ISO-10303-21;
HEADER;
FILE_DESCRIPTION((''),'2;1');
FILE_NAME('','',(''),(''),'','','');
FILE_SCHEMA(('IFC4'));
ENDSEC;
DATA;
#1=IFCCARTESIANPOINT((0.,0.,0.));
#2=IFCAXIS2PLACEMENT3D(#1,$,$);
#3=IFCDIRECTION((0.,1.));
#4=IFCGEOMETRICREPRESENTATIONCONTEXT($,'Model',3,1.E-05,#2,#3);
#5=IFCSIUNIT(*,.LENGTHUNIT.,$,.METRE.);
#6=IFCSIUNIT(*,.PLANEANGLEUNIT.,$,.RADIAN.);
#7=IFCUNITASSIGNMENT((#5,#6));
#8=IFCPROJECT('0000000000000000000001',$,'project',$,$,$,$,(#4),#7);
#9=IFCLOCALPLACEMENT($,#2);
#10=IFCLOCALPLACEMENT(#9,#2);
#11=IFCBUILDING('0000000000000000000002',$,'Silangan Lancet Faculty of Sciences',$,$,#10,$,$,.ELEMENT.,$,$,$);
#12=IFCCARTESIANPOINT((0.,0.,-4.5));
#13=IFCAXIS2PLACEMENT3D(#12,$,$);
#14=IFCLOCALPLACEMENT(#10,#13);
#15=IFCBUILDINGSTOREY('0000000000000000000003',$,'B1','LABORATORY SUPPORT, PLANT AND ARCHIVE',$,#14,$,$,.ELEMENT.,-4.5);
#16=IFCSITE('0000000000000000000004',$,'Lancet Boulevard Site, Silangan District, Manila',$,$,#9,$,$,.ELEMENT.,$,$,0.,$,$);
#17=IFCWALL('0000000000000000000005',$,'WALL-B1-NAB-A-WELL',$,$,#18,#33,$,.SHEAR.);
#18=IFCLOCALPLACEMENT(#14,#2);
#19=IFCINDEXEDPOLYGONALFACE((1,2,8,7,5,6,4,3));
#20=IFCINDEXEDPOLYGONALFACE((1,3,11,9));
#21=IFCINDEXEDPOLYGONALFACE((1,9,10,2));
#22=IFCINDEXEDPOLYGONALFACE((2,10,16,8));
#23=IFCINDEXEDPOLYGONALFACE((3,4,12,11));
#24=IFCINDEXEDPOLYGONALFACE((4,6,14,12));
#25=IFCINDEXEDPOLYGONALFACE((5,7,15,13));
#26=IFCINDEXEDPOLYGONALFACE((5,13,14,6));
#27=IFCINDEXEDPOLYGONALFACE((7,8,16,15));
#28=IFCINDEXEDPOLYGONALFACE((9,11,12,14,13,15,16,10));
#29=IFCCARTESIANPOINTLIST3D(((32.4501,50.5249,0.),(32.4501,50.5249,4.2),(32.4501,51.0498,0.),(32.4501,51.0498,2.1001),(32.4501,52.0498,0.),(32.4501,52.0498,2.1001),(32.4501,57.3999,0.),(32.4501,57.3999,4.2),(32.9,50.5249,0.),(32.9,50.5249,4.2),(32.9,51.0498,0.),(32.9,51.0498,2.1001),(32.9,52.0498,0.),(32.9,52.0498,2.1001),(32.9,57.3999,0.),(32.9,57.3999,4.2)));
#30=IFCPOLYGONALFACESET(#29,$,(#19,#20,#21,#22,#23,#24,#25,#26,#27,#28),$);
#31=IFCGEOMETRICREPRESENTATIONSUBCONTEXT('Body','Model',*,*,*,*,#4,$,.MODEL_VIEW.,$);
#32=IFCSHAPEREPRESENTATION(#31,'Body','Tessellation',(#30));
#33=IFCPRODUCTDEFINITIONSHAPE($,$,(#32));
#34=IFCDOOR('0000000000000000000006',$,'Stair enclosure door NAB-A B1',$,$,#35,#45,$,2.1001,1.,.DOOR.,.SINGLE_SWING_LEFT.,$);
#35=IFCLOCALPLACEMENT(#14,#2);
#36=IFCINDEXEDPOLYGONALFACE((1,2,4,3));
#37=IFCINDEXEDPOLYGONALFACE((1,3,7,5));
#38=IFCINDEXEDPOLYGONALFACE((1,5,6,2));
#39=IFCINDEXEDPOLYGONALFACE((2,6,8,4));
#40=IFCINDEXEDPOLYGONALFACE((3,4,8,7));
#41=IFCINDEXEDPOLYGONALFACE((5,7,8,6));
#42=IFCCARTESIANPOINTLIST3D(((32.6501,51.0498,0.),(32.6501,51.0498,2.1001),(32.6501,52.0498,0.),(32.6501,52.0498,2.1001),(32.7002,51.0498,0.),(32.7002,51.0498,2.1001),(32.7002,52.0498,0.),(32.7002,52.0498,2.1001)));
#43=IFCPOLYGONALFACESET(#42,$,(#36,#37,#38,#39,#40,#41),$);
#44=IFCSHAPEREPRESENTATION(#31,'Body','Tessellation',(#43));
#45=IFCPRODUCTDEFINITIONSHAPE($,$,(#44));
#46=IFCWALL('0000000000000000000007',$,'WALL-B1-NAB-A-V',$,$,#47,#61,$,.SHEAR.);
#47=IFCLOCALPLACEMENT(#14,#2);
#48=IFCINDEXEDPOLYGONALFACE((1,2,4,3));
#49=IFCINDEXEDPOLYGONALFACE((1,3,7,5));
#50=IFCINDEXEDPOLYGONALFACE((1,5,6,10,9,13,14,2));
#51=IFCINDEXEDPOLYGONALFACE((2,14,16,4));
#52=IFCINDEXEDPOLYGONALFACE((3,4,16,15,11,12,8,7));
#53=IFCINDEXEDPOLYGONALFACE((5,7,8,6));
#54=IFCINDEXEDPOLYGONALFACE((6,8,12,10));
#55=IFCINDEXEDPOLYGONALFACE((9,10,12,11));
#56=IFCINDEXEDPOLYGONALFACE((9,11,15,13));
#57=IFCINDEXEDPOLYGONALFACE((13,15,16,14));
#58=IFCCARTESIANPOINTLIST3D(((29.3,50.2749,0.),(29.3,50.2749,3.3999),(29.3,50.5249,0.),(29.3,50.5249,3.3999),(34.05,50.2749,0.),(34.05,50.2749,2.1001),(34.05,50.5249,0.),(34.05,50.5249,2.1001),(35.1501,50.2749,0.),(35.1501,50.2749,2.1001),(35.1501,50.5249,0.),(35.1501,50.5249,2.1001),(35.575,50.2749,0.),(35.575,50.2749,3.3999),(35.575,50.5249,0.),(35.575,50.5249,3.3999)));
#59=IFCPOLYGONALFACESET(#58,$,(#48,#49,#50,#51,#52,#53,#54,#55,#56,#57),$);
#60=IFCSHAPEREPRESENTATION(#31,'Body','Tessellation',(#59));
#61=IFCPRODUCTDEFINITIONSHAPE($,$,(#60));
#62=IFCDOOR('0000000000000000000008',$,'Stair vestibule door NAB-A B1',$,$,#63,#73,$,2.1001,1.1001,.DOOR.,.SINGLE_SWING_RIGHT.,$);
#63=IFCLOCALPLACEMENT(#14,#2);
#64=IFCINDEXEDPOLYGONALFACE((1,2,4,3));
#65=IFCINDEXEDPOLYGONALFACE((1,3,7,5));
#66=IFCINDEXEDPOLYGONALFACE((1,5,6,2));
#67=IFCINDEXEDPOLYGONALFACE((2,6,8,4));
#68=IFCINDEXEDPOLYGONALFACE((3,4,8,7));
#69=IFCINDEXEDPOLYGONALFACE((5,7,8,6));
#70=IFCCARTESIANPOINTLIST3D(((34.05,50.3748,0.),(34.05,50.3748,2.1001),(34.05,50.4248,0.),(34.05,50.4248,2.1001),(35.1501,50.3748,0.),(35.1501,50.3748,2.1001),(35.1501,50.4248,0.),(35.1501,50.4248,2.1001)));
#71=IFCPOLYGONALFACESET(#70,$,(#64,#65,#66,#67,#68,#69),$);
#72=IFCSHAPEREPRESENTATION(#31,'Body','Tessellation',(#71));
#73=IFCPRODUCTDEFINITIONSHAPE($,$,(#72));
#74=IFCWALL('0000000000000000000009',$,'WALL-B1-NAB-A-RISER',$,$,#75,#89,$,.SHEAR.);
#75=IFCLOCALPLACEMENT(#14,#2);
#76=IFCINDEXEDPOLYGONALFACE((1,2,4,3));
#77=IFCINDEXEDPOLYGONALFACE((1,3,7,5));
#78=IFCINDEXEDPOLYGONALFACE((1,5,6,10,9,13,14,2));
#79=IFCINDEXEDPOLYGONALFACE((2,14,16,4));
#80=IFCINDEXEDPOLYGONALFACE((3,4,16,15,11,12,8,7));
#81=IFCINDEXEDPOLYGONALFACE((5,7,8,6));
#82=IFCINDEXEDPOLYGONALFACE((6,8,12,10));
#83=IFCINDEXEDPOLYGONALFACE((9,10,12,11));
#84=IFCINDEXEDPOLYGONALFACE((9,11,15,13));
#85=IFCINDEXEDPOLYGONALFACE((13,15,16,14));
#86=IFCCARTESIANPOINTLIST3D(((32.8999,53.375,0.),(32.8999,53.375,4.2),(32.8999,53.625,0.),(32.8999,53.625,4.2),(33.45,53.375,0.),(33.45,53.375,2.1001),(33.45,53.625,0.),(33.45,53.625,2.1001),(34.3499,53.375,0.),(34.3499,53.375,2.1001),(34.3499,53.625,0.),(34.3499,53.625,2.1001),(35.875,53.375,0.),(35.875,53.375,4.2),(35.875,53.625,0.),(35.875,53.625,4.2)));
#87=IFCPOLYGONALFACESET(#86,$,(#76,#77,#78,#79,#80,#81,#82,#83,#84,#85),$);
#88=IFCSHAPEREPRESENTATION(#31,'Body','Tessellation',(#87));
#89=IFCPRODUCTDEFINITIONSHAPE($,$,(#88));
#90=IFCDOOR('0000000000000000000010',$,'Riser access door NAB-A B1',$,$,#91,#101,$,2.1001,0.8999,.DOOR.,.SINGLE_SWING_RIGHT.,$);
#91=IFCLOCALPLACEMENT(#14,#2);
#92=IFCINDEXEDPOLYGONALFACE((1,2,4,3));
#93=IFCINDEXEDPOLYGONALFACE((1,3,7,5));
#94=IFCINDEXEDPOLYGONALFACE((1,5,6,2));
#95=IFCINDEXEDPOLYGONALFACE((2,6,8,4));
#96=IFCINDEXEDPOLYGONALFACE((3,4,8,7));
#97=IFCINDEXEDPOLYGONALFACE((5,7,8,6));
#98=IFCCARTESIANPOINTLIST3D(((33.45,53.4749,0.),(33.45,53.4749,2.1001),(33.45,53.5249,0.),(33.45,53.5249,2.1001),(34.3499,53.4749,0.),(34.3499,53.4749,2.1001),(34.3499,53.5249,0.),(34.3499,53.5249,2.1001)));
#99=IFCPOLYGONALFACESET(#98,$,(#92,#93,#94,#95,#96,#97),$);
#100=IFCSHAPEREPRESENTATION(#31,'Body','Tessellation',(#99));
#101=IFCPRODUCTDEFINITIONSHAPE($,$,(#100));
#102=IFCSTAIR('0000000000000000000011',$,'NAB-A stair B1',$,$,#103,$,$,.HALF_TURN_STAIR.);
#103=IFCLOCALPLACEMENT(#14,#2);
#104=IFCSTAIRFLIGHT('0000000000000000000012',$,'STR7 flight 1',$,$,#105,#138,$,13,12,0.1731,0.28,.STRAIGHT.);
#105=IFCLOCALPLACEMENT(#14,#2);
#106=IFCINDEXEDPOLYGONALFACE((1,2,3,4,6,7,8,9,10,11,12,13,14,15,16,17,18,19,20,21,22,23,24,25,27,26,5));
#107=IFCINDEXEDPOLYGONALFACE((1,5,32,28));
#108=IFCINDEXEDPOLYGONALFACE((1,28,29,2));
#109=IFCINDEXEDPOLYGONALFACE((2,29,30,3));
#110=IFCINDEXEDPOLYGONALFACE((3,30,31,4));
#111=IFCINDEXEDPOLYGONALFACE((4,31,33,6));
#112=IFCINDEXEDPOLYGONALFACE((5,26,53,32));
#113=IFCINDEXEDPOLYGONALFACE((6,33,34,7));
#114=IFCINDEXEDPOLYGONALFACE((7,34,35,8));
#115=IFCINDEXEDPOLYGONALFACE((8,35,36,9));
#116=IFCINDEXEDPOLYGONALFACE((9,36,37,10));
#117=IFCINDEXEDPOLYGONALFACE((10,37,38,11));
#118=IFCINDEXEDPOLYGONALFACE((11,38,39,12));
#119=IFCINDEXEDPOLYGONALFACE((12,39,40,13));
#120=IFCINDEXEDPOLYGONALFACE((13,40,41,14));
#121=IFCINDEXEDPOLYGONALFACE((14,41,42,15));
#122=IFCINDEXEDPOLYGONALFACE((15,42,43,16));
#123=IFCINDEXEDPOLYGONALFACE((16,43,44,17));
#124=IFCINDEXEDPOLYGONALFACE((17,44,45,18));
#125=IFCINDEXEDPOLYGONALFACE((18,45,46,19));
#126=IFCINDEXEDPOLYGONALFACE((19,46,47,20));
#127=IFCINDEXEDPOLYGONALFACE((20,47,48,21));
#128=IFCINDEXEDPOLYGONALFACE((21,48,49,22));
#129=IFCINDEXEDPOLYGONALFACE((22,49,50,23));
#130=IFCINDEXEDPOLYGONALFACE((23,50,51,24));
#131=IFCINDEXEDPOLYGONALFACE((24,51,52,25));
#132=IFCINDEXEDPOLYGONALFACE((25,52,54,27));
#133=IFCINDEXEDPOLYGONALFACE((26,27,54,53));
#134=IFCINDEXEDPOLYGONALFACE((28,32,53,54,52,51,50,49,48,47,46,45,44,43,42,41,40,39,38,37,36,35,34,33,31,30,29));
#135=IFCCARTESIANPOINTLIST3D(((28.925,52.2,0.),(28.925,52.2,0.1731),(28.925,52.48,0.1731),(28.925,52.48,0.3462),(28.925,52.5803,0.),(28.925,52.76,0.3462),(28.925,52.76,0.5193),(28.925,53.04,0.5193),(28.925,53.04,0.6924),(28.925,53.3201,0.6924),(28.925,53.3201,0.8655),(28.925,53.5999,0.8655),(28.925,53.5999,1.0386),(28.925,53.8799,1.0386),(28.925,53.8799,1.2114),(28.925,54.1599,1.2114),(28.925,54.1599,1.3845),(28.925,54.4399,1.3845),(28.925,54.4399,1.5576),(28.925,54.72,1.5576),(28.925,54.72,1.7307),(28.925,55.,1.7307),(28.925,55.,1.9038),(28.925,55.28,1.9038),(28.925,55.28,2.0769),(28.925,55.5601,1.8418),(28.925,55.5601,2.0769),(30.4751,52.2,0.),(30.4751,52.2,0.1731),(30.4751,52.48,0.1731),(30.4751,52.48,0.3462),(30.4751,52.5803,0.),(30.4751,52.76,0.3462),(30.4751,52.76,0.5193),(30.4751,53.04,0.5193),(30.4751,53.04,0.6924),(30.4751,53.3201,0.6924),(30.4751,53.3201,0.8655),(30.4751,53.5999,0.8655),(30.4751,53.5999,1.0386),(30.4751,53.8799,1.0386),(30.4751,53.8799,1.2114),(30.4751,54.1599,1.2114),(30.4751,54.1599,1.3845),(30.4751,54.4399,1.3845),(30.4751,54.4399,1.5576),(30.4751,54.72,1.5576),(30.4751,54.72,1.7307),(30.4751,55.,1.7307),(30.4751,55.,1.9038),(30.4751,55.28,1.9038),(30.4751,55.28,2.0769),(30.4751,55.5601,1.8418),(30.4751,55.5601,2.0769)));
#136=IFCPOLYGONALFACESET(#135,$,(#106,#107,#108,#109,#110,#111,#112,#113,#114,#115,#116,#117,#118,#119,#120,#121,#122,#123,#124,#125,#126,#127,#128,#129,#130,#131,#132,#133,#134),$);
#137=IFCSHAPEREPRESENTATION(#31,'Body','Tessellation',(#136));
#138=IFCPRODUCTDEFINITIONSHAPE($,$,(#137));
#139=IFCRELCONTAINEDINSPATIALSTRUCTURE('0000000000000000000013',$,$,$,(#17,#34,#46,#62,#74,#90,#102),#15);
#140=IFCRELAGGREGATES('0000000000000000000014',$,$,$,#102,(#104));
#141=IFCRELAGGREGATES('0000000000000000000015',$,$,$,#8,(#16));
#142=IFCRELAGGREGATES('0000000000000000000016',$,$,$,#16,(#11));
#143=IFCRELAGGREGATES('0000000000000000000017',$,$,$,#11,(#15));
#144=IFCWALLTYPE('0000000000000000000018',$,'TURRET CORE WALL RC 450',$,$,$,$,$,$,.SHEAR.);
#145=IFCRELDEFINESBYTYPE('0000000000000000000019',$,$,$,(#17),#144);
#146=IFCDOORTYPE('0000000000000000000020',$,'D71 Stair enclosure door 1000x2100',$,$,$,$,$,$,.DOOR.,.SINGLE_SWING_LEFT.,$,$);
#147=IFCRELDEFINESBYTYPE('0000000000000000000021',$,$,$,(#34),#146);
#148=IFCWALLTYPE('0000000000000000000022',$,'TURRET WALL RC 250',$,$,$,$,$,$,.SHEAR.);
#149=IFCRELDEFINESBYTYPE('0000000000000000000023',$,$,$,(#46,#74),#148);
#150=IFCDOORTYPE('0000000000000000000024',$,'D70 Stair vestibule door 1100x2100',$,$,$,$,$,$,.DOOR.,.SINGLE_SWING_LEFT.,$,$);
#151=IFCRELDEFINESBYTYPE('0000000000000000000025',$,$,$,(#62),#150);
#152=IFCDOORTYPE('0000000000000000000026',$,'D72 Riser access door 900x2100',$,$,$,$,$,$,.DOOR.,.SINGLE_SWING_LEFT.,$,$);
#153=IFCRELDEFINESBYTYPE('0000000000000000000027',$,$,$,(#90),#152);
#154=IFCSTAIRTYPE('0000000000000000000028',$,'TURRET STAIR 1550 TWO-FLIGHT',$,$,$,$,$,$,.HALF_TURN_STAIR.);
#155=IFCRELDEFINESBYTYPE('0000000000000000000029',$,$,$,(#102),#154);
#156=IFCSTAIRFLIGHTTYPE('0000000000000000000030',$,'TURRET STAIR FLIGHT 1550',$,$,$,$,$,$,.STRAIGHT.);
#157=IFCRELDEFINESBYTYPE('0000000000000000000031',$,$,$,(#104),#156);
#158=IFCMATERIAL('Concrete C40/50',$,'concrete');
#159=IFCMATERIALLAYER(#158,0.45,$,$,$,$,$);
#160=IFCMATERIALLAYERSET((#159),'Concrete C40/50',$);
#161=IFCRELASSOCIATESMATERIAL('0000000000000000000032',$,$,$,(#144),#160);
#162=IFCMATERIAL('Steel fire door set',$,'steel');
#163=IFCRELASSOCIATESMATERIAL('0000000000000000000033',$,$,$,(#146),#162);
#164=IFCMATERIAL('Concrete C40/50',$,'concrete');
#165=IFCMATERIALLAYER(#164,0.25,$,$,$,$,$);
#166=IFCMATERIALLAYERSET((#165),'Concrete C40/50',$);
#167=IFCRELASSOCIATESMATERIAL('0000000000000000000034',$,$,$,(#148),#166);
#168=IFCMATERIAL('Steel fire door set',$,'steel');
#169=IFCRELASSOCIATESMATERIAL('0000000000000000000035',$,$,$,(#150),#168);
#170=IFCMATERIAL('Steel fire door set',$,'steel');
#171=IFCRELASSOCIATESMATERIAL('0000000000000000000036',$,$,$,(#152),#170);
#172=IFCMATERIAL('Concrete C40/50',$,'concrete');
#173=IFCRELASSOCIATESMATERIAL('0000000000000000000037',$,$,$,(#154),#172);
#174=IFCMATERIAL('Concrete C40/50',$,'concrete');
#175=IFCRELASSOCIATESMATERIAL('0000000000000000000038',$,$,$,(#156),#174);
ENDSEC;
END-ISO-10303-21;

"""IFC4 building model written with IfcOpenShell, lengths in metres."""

from ifc_helpers import new_model, si_unit, direction, frame, frame_2d, origin, place, context, subcontext, project, spatial, polyline, rectangle, outline, extrude, material, layer, layer_set, type_object, element, fill, aggregate, save


model = new_model("IFC4")

# Units and contexts
model_context = context("Model", 3, precision=1e-05, world=origin(), true_north=direction((0.0, 1.0)))
body_context = subcontext(model_context, "Body", "Model", "MODEL_VIEW")
ifc_project = project(units=[si_unit("LENGTHUNIT", "METRE"), si_unit("PLANEANGLEUNIT", "RADIAN")], contexts=[model_context])

# Site, building, storey
site_placement = place(None, origin())
site = spatial("IfcSite", under=ifc_project, at=site_placement, Name="Lancet Boulevard Site, Silangan District, Manila", CompositionType="ELEMENT", RefElevation=0.0)
building_placement = place(site_placement, origin())
building = spatial("IfcBuilding", under=site, at=building_placement, Name="Silangan Lancet Faculty of Sciences", CompositionType="ELEMENT")
storey_placement = place(building_placement, frame((0.0, 0.0, -4.5)))
storey = spatial("IfcBuildingStorey", under=building, at=storey_placement, Name="B1", Description="LABORATORY SUPPORT, PLANT AND ARCHIVE", CompositionType="ELEMENT", Elevation=-4.5)

# Walls, openings, doors
ifc_material_1 = material(Name="Concrete C40/50", Category="concrete")
ifc_layer_1 = layer(ifc_material_1, 0.45)
ifc_layer_set_1 = layer_set([ifc_layer_1], Name="Concrete C40/50")
wall_type_1 = type_object("IfcWallType", Name="TURRET CORE WALL RC 450", PredefinedType="SHEAR", material=ifc_layer_set_1)
wall_1_placement = place(storey_placement, frame((32.675, 50.5249, 0.0), z_axis=(0.0, 0.0, 1.0), x_axis=(0.0, 1.0, 0.0)))
wall_1 = element("IfcWall", 1, at=wall_1_placement, inside=storey, type_object=wall_type_1, Name="WALL-B1-NAB-A-WELL", PredefinedType="SHEAR", context=body_context, shape_type="SweptSolid", body=[
    extrude(rectangle(XDim=6.875, YDim=0.45, at=frame_2d((3.4375, 0.0))), origin(), (0.0, 0.0, 1.0), 4.2),
])
opening_1_placement = place(wall_1_placement, frame((0.5249, 0.0, 0.0)))
opening_1 = element("IfcOpeningElement", 2, at=opening_1_placement, cuts=wall_1, PredefinedType="OPENING", context=body_context, shape_type="SweptSolid", body=[
    extrude(rectangle(XDim=1.0, YDim=2.1001, at=frame_2d((0.5, 1.05))), frame((0.0, 0.2349, 0.0), z_axis=(0.0, -1.0, 0.0), x_axis=(1.0, 0.0, 0.0)), (0.0, 0.0, 1.0), 0.47),
])
ifc_material_2 = material(Name="Steel fire door set", Category="steel")
door_type_1 = type_object("IfcDoorType", Name="D71 Stair enclosure door 1000x2100", OperationType="SINGLE_SWING_LEFT", PredefinedType="DOOR", material=ifc_material_2)
door_1_placement = place(opening_1_placement, origin())
door_1 = element("IfcDoor", 3, at=door_1_placement, inside=storey, type_object=door_type_1, Name="Stair enclosure door NAB-A B1", OperationType="SINGLE_SWING_LEFT", OverallHeight=2.1001, OverallWidth=1.0, PredefinedType="DOOR", context=body_context, shape_type="SweptSolid", body=[
    extrude(rectangle(XDim=1.0, YDim=2.1001, at=frame_2d((0.5, 1.05))), frame((0.0, 0.0249, 0.0), z_axis=(0.0, -1.0, 0.0), x_axis=(1.0, 0.0, 0.0)), (0.0, 0.0, 1.0), 0.05),
])
fill(opening_1, door_1)
ifc_material_3 = material(Name="Concrete C40/50", Category="concrete")
ifc_layer_2 = layer(ifc_material_3, 0.25)
ifc_layer_set_2 = layer_set([ifc_layer_2], Name="Concrete C40/50")
wall_type_2 = type_object("IfcWallType", Name="TURRET WALL RC 250", PredefinedType="SHEAR", material=ifc_layer_set_2)
wall_2_placement = place(storey_placement, frame((29.3, 50.3999, 0.0), z_axis=(0.0, 0.0, 1.0), x_axis=(1.0, 0.0, 0.0)))
wall_2 = element("IfcWall", 4, at=wall_2_placement, inside=storey, type_object=wall_type_2, Name="WALL-B1-NAB-A-V", PredefinedType="SHEAR", context=body_context, shape_type="SweptSolid", body=[
    extrude(rectangle(XDim=6.2749, YDim=0.25, at=frame_2d((3.1375, 0.0))), origin(), (0.0, 0.0, 1.0), 3.3999),
])
opening_2_placement = place(wall_2_placement, frame((4.75, 0.0, 0.0)))
opening_2 = element("IfcOpeningElement", 5, at=opening_2_placement, cuts=wall_2, PredefinedType="OPENING", context=body_context, shape_type="SweptSolid", body=[
    extrude(rectangle(XDim=1.1001, YDim=2.1001, at=frame_2d((0.55, 1.05))), frame((0.0, 0.135, 0.0), z_axis=(0.0, -1.0, 0.0), x_axis=(1.0, 0.0, 0.0)), (0.0, 0.0, 1.0), 0.27),
])
ifc_material_4 = material(Name="Steel fire door set", Category="steel")
door_type_2 = type_object("IfcDoorType", Name="D70 Stair vestibule door 1100x2100", OperationType="SINGLE_SWING_LEFT", PredefinedType="DOOR", material=ifc_material_4)
door_2_placement = place(opening_2_placement, origin())
door_2 = element("IfcDoor", 6, at=door_2_placement, inside=storey, type_object=door_type_2, Name="Stair vestibule door NAB-A B1", OperationType="SINGLE_SWING_RIGHT", OverallHeight=2.1001, OverallWidth=1.1001, PredefinedType="DOOR", context=body_context, shape_type="SweptSolid", body=[
    extrude(rectangle(XDim=1.1001, YDim=2.1001, at=frame_2d((0.55, 1.05))), frame((0.0, 0.0249, 0.0), z_axis=(0.0, -1.0, 0.0), x_axis=(1.0, 0.0, 0.0)), (0.0, 0.0, 1.0), 0.05),
])
fill(opening_2, door_2)
wall_3_placement = place(storey_placement, frame((32.8999, 53.5, 0.0), z_axis=(0.0, 0.0, 1.0), x_axis=(1.0, 0.0, 0.0)))
wall_3 = element("IfcWall", 7, at=wall_3_placement, inside=storey, type_object=wall_type_2, Name="WALL-B1-NAB-A-RISER", PredefinedType="SHEAR", context=body_context, shape_type="SweptSolid", body=[
    extrude(rectangle(XDim=2.9751, YDim=0.25, at=frame_2d((1.4875, 0.0))), origin(), (0.0, 0.0, 1.0), 4.2),
])
opening_3_placement = place(wall_3_placement, frame((0.55, 0.0, 0.0)))
opening_3 = element("IfcOpeningElement", 8, at=opening_3_placement, cuts=wall_3, PredefinedType="OPENING", context=body_context, shape_type="SweptSolid", body=[
    extrude(rectangle(XDim=0.8999, YDim=2.1001, at=frame_2d((0.45, 1.05))), frame((0.0, 0.135, 0.0), z_axis=(0.0, -1.0, 0.0), x_axis=(1.0, 0.0, 0.0)), (0.0, 0.0, 1.0), 0.27),
])
ifc_material_5 = material(Name="Steel fire door set", Category="steel")
door_type_3 = type_object("IfcDoorType", Name="D72 Riser access door 900x2100", OperationType="SINGLE_SWING_LEFT", PredefinedType="DOOR", material=ifc_material_5)
door_3_placement = place(opening_3_placement, origin())
door_3 = element("IfcDoor", 9, at=door_3_placement, inside=storey, type_object=door_type_3, Name="Riser access door NAB-A B1", OperationType="SINGLE_SWING_RIGHT", OverallHeight=2.1001, OverallWidth=0.8999, PredefinedType="DOOR", context=body_context, shape_type="SweptSolid", body=[
    extrude(rectangle(XDim=0.8999, YDim=2.1001, at=frame_2d((0.45, 1.05))), frame((0.0, 0.0249, 0.0), z_axis=(0.0, -1.0, 0.0), x_axis=(1.0, 0.0, 0.0)), (0.0, 0.0, 1.0), 0.05),
])
fill(opening_3, door_3)

# Stair, stair flight
ifc_material_6 = material(Name="Concrete C40/50", Category="concrete")
stair_type = type_object("IfcStairType", Name="TURRET STAIR 1550 TWO-FLIGHT", PredefinedType="HALF_TURN_STAIR", material=ifc_material_6)
stair_placement = place(storey_placement, origin())
stair = element("IfcStair", 10, at=stair_placement, inside=storey, type_object=stair_type, Name="NAB-A stair B1", PredefinedType="HALF_TURN_STAIR")
ifc_material_7 = material(Name="Concrete C40/50", Category="concrete")
stair_flight_type = type_object("IfcStairFlightType", Name="TURRET STAIR FLIGHT 1550", PredefinedType="STRAIGHT", material=ifc_material_7)
stair_flight_1_placement = place(storey_placement, frame((29.7, 52.2, 0.0), z_axis=(0.0, 0.0, 1.0), x_axis=(0.0, 1.0, 0.0)))
stair_flight_1 = element("IfcStairFlight", 11, at=stair_flight_1_placement, type_object=stair_flight_type, Name="STR7 flight 1", NumberOfRisers=13, NumberOfTreads=12, PredefinedType="STRAIGHT", RiserHeight=0.1731, TreadLength=0.28, context=body_context, shape_type="SweptSolid", body=[
    extrude(outline(polyline([(0.0, 0.0), (0.0, 0.1731), (0.28, 0.1731), (0.28, 0.3462), (0.5601, 0.3462), (0.5601, 0.5193), (0.8401, 0.5193), (0.8401, 0.6924), (1.1201, 0.6924), (1.1201, 0.8655), (1.3999, 0.8655), (1.3999, 1.0386), (1.6799, 1.0386), (1.6799, 1.2114), (1.96, 1.2114), (1.96, 1.3845), (2.24, 1.3845), (2.24, 1.5576), (2.52, 1.5576), (2.52, 1.7307), (2.8, 1.7307), (2.8, 1.9038), (3.0801, 1.9038), (3.0801, 2.0769), (3.3601, 2.0769), (3.3601, 2.25), (3.3601, 1.8418), (0.3804, 0.0), (0.0, 0.0)])), frame((0.0, 0.7749, 0.0), z_axis=(0.0, -1.0, 0.0), x_axis=(1.0, 0.0, 0.0)), (0.0, 0.0, 1.0), 1.55),
])
aggregate(stair, [stair_flight_1])

save(model, "model.ifc")
